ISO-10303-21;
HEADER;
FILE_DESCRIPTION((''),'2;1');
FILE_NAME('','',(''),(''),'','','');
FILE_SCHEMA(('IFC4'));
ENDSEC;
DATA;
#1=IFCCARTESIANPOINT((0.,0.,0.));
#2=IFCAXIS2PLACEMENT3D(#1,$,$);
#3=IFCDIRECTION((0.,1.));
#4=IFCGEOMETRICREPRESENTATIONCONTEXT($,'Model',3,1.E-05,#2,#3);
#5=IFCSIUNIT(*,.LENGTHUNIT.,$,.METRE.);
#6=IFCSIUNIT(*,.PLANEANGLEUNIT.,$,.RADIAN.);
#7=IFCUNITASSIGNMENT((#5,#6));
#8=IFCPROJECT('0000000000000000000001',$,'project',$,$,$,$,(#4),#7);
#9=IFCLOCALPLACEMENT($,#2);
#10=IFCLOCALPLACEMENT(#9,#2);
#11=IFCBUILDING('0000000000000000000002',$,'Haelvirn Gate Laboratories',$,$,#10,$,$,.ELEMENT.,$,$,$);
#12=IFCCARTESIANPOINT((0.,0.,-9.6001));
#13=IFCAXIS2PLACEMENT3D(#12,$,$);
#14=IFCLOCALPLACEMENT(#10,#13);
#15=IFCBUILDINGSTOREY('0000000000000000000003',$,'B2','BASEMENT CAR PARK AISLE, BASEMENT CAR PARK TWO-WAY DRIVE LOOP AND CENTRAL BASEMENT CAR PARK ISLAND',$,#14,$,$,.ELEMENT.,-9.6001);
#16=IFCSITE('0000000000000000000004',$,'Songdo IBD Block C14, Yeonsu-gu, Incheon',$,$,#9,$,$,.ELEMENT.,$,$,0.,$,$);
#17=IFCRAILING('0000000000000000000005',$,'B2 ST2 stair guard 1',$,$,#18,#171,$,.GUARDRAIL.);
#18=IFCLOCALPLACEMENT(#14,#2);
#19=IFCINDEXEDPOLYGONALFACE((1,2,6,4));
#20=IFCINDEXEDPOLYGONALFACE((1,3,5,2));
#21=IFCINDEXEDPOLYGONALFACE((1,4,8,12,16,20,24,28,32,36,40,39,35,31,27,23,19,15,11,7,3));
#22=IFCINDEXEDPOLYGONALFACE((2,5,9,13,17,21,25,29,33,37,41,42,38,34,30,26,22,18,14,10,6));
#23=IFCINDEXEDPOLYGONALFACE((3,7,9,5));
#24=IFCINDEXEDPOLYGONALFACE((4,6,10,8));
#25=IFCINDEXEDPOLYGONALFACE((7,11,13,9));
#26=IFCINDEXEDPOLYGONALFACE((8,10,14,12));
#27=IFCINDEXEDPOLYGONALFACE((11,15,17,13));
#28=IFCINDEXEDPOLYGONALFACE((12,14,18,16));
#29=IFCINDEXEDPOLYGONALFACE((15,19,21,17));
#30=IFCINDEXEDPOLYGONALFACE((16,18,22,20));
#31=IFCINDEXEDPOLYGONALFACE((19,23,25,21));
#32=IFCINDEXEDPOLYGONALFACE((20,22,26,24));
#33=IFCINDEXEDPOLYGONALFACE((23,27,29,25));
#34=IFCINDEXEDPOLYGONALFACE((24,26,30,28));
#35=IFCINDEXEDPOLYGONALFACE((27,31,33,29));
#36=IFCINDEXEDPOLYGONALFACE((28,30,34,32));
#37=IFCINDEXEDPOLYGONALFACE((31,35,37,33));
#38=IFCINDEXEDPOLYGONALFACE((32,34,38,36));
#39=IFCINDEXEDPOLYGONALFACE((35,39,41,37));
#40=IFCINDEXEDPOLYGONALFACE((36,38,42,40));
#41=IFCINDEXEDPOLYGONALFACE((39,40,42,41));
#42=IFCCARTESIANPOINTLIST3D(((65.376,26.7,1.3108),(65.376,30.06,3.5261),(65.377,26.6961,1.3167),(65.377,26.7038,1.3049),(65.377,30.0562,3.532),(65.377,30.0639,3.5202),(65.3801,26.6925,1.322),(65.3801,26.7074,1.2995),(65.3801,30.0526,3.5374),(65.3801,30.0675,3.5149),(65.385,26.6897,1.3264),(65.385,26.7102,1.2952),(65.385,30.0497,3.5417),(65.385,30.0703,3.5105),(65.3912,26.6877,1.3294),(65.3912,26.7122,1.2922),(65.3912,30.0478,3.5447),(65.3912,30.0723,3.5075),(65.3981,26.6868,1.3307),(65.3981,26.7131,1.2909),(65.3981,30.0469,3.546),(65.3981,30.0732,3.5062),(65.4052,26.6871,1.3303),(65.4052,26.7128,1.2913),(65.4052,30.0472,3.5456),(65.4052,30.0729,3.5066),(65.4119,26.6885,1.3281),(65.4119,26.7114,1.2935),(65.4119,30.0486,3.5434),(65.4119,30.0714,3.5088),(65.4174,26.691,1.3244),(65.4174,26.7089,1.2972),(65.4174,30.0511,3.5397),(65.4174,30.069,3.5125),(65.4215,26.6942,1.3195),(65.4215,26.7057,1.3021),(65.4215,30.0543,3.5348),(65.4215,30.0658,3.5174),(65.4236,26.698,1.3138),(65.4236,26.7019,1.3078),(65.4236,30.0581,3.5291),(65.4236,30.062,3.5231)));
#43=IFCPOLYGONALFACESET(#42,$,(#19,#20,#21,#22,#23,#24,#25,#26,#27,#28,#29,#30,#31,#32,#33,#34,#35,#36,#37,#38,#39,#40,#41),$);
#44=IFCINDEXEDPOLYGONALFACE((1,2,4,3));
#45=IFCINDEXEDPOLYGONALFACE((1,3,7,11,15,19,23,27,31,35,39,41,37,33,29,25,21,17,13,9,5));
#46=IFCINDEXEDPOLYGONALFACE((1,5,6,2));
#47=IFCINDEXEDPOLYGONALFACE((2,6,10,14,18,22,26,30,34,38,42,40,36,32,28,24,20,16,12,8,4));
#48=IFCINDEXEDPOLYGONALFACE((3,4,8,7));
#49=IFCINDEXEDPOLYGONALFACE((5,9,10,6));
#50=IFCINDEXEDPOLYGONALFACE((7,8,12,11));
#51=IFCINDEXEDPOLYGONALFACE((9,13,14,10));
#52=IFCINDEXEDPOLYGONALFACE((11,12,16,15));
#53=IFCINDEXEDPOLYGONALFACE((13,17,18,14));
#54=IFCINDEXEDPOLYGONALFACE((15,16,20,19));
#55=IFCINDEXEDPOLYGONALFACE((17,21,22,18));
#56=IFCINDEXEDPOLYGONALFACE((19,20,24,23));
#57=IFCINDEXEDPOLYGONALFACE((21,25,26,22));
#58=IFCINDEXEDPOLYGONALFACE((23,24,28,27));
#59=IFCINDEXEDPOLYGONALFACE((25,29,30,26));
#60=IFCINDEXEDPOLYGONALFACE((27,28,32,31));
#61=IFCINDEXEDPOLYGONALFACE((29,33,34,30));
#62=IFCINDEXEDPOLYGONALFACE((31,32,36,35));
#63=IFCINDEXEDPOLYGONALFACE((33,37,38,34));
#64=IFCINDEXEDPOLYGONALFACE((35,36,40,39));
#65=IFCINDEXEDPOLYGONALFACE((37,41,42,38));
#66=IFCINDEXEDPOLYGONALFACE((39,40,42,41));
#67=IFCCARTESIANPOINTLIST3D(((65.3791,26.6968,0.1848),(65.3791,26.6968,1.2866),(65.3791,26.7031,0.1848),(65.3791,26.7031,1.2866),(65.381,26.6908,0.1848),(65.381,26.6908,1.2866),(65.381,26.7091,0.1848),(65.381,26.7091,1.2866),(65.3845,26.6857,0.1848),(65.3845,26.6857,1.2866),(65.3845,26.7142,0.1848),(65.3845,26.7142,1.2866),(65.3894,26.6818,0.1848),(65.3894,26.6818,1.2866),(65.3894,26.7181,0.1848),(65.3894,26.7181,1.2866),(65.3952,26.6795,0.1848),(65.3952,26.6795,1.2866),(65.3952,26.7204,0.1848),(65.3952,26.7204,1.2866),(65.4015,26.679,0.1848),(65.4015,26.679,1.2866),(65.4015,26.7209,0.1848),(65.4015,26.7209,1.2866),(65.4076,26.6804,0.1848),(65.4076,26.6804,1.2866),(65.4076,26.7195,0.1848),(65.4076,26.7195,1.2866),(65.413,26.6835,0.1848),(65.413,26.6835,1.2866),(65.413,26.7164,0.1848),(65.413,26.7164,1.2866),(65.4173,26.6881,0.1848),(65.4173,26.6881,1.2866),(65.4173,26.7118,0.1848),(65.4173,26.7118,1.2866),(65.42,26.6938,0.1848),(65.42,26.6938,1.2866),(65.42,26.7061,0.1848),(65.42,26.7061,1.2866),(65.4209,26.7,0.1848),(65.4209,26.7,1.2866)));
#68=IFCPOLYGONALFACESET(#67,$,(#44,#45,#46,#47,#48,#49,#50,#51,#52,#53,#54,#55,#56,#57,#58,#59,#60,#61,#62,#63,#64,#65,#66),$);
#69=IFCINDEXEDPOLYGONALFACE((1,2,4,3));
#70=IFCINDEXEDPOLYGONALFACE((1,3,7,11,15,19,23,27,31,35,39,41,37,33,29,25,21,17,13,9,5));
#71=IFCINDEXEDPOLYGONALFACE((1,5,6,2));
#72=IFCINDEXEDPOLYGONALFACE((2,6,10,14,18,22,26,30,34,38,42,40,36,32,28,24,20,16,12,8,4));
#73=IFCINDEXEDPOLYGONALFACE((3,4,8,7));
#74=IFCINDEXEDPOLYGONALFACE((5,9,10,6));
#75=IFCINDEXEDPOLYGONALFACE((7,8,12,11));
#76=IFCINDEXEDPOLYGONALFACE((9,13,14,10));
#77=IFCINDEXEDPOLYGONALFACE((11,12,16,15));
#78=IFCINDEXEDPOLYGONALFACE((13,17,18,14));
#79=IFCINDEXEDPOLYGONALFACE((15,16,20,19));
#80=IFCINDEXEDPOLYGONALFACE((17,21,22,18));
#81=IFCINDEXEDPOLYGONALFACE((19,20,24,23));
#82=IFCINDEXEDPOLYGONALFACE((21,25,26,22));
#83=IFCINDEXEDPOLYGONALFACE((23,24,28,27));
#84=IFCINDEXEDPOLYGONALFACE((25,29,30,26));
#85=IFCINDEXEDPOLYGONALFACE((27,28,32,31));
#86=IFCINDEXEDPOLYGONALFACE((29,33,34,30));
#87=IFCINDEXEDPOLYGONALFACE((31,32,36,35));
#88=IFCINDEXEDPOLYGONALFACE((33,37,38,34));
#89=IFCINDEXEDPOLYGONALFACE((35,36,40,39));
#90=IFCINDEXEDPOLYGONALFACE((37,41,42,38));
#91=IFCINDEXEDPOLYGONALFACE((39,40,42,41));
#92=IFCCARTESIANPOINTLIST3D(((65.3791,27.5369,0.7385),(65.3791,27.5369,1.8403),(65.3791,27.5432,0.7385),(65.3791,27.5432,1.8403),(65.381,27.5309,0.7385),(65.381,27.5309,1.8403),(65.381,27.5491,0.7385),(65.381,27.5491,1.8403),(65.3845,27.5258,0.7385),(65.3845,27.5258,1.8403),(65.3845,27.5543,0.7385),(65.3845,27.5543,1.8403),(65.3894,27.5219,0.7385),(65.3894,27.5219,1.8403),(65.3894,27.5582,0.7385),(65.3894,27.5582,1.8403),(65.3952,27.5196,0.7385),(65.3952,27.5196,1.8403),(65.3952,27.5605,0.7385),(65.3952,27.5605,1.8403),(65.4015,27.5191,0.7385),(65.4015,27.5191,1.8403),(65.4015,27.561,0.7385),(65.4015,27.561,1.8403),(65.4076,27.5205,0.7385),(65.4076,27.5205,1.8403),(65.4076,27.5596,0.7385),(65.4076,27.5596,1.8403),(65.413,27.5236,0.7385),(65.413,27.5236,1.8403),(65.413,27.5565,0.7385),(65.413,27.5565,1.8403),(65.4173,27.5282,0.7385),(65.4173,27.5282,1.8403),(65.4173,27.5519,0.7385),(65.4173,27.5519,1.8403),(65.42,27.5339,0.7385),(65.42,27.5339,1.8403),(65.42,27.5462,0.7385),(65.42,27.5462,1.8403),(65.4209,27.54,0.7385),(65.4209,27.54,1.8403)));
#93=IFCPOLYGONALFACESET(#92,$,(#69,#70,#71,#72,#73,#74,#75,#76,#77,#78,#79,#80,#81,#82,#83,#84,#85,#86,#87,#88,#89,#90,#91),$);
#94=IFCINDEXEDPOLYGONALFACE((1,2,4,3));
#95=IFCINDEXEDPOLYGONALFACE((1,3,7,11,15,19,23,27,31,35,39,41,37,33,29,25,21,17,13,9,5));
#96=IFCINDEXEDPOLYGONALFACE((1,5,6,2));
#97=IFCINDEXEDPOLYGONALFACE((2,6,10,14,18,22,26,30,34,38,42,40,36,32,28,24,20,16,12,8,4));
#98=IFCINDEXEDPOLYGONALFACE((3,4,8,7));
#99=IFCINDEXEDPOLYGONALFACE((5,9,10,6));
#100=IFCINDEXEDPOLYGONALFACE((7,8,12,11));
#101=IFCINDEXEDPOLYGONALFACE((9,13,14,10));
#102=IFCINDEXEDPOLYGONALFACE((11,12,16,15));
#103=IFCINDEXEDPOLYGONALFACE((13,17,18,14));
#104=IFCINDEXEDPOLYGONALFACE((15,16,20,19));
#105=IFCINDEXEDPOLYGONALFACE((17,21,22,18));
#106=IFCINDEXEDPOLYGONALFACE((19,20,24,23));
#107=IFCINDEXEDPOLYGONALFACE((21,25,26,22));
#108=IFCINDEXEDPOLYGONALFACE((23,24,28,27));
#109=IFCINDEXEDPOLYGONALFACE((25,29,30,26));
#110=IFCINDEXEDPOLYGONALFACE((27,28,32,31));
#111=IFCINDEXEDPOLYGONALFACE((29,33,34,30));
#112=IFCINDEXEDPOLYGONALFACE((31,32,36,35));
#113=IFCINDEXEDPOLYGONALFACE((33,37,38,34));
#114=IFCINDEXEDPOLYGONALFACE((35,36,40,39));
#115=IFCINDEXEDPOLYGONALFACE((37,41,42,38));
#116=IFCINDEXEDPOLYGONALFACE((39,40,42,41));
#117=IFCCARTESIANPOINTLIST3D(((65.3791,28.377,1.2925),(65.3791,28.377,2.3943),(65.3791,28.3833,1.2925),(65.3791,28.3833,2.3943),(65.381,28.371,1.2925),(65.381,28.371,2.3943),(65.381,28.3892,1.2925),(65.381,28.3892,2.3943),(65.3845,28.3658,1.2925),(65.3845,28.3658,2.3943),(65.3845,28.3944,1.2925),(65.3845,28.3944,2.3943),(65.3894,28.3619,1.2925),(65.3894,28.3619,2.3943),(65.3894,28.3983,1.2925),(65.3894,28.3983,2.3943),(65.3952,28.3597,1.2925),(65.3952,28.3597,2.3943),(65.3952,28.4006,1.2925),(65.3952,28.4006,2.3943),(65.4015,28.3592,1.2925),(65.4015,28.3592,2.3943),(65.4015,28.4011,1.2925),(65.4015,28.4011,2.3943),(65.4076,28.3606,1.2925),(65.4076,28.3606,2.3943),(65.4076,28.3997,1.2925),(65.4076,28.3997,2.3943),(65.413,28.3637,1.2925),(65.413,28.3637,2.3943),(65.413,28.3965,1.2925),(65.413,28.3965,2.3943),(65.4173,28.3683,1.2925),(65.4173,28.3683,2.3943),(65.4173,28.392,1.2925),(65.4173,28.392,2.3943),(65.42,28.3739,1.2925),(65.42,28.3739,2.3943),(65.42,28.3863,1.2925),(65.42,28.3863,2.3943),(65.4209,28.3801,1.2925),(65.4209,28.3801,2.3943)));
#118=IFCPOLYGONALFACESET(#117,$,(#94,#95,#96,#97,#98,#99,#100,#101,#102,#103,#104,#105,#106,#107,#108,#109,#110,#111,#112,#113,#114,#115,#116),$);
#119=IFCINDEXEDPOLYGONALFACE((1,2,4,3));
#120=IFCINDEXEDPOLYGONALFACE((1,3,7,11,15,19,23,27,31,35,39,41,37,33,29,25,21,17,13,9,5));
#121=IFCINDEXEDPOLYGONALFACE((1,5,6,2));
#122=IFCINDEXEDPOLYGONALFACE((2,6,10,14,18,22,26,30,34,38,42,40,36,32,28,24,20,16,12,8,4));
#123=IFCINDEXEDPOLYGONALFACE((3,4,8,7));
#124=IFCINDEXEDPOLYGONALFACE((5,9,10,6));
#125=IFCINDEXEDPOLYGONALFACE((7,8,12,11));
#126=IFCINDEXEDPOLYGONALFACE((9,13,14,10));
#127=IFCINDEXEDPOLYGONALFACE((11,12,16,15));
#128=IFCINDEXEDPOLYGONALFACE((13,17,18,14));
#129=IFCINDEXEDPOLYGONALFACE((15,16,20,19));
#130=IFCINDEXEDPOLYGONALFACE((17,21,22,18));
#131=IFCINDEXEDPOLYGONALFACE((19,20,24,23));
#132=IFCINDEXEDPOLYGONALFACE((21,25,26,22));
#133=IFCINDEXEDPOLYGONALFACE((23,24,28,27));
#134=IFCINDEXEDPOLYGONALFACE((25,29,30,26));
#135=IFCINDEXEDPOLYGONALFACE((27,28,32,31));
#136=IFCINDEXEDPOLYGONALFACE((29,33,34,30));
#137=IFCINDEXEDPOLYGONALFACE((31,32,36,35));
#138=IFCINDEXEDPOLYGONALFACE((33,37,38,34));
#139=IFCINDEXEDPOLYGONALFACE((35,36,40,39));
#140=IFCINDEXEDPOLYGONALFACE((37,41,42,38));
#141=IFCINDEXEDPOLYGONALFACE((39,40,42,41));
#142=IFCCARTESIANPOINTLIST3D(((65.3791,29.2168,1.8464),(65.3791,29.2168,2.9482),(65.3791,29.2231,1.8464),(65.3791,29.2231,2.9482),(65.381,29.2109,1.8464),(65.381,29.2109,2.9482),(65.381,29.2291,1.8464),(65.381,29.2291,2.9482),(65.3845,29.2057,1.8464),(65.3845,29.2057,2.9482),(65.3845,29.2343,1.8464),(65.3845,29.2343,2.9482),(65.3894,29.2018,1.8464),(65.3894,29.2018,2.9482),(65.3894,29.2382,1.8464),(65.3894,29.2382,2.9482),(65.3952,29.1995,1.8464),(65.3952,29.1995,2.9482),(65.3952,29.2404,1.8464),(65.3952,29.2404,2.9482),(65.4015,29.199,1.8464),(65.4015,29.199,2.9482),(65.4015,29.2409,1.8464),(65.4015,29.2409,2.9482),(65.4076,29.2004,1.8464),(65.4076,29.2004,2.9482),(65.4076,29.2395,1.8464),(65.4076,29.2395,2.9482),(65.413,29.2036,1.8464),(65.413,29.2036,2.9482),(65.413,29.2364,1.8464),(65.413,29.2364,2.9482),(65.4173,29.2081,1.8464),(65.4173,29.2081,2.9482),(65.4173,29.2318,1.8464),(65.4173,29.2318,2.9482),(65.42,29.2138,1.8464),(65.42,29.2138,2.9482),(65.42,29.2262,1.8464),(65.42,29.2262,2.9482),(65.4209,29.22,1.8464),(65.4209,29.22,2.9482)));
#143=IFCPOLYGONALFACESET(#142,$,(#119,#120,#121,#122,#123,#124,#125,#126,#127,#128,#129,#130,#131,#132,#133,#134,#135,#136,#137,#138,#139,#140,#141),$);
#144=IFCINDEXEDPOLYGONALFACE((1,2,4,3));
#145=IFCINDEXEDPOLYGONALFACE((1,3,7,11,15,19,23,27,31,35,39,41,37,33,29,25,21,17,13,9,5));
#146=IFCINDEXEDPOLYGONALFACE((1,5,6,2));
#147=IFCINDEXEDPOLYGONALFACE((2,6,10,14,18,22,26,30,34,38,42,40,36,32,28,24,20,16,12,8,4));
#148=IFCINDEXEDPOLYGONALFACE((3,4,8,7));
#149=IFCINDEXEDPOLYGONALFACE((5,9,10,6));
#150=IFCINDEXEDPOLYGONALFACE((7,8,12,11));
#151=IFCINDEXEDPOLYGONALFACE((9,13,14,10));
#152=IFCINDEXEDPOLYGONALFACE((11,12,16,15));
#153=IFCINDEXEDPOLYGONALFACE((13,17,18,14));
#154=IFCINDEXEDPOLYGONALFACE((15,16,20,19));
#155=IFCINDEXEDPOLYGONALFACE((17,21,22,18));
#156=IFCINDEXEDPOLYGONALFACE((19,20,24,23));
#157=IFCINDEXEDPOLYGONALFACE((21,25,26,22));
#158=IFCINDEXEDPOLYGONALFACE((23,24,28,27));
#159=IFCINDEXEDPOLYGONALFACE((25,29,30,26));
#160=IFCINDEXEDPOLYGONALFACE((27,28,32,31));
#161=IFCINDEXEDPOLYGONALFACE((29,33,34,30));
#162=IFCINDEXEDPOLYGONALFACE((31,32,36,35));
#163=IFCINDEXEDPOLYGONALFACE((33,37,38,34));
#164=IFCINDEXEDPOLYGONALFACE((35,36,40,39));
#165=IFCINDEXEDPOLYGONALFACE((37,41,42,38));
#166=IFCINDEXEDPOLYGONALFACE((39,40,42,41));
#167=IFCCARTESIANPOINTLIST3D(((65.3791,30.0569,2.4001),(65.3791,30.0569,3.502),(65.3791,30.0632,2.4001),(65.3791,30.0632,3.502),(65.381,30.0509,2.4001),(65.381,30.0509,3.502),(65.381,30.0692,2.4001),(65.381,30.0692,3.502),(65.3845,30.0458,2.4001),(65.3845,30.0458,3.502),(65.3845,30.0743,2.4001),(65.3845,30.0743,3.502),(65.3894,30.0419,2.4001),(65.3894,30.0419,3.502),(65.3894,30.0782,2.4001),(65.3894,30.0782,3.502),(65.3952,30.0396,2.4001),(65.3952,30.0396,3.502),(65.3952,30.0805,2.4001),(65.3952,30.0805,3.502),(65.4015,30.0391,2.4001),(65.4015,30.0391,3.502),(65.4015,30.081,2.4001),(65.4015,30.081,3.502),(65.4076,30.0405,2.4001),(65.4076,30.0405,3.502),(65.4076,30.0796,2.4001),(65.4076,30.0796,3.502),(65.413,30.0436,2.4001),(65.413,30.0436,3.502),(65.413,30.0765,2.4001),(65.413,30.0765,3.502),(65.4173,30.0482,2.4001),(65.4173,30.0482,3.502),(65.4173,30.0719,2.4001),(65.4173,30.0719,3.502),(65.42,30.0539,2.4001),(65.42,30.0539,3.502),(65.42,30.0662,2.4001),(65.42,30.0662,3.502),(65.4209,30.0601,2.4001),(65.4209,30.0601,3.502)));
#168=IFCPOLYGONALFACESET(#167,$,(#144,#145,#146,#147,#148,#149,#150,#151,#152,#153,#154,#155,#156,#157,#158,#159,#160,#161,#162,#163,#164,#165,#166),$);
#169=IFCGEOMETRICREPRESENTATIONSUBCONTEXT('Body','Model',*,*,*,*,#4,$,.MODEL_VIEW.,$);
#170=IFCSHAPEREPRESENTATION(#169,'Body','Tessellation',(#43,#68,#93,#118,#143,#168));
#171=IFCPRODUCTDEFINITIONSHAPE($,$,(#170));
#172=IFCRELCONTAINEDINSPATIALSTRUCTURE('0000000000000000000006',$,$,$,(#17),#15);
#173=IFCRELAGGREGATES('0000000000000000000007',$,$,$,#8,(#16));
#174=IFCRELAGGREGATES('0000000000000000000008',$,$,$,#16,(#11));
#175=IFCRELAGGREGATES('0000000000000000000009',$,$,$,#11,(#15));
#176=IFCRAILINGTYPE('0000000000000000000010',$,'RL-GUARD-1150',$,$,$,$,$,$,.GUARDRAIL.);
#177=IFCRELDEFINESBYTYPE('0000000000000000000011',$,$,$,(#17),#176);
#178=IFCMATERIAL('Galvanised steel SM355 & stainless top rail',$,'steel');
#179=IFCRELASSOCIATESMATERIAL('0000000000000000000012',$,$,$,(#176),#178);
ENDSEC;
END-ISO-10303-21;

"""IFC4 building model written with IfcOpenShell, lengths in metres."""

from ifc_helpers import new_model, si_unit, direction, frame, origin, origin_2d, place, context, subcontext, project, spatial, circle, extrude, source, transform, mapped, material, type_object, element, save


model = new_model("IFC4")

# Units and contexts
model_context = context("Model", 3, precision=1e-05, world=origin(), true_north=direction((0.0, 1.0)))
body_context = subcontext(model_context, "Body", "Model", "MODEL_VIEW")
ifc_project = project(units=[si_unit("LENGTHUNIT", "METRE"), si_unit("PLANEANGLEUNIT", "RADIAN")], contexts=[model_context])

# Site, building, storey
site_placement = place(None, origin())
site = spatial("IfcSite", under=ifc_project, at=site_placement, Name="Songdo IBD Block C14, Yeonsu-gu, Incheon", CompositionType="ELEMENT", RefElevation=0.0)
building_placement = place(site_placement, origin())
building = spatial("IfcBuilding", under=site, at=building_placement, Name="Haelvirn Gate Laboratories", CompositionType="ELEMENT")
storey_placement = place(building_placement, frame((0.0, 0.0, -9.6001)))
storey = spatial("IfcBuildingStorey", under=building, at=storey_placement, Name="B2", Description="BASEMENT CAR PARK AISLE, BASEMENT CAR PARK TWO-WAY DRIVE LOOP AND CENTRAL BASEMENT CAR PARK ISLAND", CompositionType="ELEMENT", Elevation=-9.6001)

# Railing
ifc_material_1 = material(Name="Galvanised steel SM355 & stainless top rail", Category="steel")
railing_type_1 = type_object("IfcRailingType", Name="RL-GUARD-1150", PredefinedType="GUARDRAIL", material=ifc_material_1)
shared_shape_1 = source(origin(), body_context, "Body", "SweptSolid", [
    extrude(circle(Radius=0.0239, at=origin_2d()), frame((0.0, 0.0, 1.126), z_axis=(0.0, 0.834876, 0.550437), x_axis=(-1.0, 0.0, 0.0)), (0.0, 0.0, 1.0), 4.0247),
    extrude(circle(Radius=0.021, at=origin_2d()), origin(), (0.0, 0.0, 1.0), 1.1018),
    extrude(circle(Radius=0.021, at=origin_2d()), frame((0.0, 0.8401, 0.5537)), (0.0, 0.0, 1.0), 1.1018),
    extrude(circle(Radius=0.021, at=origin_2d()), frame((0.0, 1.6802, 1.1077)), (0.0, 0.0, 1.0), 1.1018),
    extrude(circle(Radius=0.021, at=origin_2d()), frame((0.0, 2.52, 1.6616)), (0.0, 0.0, 1.0), 1.1018),
    extrude(circle(Radius=0.021, at=origin_2d()), frame((0.0, 3.3601, 2.2153)), (0.0, 0.0, 1.0), 1.1018),
])
railing_1_placement = place(storey_placement, frame((65.3999, 26.7, 0.1848)))
element("IfcRailing", 1, at=railing_1_placement, inside=storey, type_object=railing_type_1, Name="B2 ST2 stair guard 1", PredefinedType="GUARDRAIL", context=body_context, shape_type="MappedRepresentation", body=[
    mapped(shared_shape_1, transform((0.0, 0.0, 0.0), scale=1.0)),
])

save(model, "model.ifc")
